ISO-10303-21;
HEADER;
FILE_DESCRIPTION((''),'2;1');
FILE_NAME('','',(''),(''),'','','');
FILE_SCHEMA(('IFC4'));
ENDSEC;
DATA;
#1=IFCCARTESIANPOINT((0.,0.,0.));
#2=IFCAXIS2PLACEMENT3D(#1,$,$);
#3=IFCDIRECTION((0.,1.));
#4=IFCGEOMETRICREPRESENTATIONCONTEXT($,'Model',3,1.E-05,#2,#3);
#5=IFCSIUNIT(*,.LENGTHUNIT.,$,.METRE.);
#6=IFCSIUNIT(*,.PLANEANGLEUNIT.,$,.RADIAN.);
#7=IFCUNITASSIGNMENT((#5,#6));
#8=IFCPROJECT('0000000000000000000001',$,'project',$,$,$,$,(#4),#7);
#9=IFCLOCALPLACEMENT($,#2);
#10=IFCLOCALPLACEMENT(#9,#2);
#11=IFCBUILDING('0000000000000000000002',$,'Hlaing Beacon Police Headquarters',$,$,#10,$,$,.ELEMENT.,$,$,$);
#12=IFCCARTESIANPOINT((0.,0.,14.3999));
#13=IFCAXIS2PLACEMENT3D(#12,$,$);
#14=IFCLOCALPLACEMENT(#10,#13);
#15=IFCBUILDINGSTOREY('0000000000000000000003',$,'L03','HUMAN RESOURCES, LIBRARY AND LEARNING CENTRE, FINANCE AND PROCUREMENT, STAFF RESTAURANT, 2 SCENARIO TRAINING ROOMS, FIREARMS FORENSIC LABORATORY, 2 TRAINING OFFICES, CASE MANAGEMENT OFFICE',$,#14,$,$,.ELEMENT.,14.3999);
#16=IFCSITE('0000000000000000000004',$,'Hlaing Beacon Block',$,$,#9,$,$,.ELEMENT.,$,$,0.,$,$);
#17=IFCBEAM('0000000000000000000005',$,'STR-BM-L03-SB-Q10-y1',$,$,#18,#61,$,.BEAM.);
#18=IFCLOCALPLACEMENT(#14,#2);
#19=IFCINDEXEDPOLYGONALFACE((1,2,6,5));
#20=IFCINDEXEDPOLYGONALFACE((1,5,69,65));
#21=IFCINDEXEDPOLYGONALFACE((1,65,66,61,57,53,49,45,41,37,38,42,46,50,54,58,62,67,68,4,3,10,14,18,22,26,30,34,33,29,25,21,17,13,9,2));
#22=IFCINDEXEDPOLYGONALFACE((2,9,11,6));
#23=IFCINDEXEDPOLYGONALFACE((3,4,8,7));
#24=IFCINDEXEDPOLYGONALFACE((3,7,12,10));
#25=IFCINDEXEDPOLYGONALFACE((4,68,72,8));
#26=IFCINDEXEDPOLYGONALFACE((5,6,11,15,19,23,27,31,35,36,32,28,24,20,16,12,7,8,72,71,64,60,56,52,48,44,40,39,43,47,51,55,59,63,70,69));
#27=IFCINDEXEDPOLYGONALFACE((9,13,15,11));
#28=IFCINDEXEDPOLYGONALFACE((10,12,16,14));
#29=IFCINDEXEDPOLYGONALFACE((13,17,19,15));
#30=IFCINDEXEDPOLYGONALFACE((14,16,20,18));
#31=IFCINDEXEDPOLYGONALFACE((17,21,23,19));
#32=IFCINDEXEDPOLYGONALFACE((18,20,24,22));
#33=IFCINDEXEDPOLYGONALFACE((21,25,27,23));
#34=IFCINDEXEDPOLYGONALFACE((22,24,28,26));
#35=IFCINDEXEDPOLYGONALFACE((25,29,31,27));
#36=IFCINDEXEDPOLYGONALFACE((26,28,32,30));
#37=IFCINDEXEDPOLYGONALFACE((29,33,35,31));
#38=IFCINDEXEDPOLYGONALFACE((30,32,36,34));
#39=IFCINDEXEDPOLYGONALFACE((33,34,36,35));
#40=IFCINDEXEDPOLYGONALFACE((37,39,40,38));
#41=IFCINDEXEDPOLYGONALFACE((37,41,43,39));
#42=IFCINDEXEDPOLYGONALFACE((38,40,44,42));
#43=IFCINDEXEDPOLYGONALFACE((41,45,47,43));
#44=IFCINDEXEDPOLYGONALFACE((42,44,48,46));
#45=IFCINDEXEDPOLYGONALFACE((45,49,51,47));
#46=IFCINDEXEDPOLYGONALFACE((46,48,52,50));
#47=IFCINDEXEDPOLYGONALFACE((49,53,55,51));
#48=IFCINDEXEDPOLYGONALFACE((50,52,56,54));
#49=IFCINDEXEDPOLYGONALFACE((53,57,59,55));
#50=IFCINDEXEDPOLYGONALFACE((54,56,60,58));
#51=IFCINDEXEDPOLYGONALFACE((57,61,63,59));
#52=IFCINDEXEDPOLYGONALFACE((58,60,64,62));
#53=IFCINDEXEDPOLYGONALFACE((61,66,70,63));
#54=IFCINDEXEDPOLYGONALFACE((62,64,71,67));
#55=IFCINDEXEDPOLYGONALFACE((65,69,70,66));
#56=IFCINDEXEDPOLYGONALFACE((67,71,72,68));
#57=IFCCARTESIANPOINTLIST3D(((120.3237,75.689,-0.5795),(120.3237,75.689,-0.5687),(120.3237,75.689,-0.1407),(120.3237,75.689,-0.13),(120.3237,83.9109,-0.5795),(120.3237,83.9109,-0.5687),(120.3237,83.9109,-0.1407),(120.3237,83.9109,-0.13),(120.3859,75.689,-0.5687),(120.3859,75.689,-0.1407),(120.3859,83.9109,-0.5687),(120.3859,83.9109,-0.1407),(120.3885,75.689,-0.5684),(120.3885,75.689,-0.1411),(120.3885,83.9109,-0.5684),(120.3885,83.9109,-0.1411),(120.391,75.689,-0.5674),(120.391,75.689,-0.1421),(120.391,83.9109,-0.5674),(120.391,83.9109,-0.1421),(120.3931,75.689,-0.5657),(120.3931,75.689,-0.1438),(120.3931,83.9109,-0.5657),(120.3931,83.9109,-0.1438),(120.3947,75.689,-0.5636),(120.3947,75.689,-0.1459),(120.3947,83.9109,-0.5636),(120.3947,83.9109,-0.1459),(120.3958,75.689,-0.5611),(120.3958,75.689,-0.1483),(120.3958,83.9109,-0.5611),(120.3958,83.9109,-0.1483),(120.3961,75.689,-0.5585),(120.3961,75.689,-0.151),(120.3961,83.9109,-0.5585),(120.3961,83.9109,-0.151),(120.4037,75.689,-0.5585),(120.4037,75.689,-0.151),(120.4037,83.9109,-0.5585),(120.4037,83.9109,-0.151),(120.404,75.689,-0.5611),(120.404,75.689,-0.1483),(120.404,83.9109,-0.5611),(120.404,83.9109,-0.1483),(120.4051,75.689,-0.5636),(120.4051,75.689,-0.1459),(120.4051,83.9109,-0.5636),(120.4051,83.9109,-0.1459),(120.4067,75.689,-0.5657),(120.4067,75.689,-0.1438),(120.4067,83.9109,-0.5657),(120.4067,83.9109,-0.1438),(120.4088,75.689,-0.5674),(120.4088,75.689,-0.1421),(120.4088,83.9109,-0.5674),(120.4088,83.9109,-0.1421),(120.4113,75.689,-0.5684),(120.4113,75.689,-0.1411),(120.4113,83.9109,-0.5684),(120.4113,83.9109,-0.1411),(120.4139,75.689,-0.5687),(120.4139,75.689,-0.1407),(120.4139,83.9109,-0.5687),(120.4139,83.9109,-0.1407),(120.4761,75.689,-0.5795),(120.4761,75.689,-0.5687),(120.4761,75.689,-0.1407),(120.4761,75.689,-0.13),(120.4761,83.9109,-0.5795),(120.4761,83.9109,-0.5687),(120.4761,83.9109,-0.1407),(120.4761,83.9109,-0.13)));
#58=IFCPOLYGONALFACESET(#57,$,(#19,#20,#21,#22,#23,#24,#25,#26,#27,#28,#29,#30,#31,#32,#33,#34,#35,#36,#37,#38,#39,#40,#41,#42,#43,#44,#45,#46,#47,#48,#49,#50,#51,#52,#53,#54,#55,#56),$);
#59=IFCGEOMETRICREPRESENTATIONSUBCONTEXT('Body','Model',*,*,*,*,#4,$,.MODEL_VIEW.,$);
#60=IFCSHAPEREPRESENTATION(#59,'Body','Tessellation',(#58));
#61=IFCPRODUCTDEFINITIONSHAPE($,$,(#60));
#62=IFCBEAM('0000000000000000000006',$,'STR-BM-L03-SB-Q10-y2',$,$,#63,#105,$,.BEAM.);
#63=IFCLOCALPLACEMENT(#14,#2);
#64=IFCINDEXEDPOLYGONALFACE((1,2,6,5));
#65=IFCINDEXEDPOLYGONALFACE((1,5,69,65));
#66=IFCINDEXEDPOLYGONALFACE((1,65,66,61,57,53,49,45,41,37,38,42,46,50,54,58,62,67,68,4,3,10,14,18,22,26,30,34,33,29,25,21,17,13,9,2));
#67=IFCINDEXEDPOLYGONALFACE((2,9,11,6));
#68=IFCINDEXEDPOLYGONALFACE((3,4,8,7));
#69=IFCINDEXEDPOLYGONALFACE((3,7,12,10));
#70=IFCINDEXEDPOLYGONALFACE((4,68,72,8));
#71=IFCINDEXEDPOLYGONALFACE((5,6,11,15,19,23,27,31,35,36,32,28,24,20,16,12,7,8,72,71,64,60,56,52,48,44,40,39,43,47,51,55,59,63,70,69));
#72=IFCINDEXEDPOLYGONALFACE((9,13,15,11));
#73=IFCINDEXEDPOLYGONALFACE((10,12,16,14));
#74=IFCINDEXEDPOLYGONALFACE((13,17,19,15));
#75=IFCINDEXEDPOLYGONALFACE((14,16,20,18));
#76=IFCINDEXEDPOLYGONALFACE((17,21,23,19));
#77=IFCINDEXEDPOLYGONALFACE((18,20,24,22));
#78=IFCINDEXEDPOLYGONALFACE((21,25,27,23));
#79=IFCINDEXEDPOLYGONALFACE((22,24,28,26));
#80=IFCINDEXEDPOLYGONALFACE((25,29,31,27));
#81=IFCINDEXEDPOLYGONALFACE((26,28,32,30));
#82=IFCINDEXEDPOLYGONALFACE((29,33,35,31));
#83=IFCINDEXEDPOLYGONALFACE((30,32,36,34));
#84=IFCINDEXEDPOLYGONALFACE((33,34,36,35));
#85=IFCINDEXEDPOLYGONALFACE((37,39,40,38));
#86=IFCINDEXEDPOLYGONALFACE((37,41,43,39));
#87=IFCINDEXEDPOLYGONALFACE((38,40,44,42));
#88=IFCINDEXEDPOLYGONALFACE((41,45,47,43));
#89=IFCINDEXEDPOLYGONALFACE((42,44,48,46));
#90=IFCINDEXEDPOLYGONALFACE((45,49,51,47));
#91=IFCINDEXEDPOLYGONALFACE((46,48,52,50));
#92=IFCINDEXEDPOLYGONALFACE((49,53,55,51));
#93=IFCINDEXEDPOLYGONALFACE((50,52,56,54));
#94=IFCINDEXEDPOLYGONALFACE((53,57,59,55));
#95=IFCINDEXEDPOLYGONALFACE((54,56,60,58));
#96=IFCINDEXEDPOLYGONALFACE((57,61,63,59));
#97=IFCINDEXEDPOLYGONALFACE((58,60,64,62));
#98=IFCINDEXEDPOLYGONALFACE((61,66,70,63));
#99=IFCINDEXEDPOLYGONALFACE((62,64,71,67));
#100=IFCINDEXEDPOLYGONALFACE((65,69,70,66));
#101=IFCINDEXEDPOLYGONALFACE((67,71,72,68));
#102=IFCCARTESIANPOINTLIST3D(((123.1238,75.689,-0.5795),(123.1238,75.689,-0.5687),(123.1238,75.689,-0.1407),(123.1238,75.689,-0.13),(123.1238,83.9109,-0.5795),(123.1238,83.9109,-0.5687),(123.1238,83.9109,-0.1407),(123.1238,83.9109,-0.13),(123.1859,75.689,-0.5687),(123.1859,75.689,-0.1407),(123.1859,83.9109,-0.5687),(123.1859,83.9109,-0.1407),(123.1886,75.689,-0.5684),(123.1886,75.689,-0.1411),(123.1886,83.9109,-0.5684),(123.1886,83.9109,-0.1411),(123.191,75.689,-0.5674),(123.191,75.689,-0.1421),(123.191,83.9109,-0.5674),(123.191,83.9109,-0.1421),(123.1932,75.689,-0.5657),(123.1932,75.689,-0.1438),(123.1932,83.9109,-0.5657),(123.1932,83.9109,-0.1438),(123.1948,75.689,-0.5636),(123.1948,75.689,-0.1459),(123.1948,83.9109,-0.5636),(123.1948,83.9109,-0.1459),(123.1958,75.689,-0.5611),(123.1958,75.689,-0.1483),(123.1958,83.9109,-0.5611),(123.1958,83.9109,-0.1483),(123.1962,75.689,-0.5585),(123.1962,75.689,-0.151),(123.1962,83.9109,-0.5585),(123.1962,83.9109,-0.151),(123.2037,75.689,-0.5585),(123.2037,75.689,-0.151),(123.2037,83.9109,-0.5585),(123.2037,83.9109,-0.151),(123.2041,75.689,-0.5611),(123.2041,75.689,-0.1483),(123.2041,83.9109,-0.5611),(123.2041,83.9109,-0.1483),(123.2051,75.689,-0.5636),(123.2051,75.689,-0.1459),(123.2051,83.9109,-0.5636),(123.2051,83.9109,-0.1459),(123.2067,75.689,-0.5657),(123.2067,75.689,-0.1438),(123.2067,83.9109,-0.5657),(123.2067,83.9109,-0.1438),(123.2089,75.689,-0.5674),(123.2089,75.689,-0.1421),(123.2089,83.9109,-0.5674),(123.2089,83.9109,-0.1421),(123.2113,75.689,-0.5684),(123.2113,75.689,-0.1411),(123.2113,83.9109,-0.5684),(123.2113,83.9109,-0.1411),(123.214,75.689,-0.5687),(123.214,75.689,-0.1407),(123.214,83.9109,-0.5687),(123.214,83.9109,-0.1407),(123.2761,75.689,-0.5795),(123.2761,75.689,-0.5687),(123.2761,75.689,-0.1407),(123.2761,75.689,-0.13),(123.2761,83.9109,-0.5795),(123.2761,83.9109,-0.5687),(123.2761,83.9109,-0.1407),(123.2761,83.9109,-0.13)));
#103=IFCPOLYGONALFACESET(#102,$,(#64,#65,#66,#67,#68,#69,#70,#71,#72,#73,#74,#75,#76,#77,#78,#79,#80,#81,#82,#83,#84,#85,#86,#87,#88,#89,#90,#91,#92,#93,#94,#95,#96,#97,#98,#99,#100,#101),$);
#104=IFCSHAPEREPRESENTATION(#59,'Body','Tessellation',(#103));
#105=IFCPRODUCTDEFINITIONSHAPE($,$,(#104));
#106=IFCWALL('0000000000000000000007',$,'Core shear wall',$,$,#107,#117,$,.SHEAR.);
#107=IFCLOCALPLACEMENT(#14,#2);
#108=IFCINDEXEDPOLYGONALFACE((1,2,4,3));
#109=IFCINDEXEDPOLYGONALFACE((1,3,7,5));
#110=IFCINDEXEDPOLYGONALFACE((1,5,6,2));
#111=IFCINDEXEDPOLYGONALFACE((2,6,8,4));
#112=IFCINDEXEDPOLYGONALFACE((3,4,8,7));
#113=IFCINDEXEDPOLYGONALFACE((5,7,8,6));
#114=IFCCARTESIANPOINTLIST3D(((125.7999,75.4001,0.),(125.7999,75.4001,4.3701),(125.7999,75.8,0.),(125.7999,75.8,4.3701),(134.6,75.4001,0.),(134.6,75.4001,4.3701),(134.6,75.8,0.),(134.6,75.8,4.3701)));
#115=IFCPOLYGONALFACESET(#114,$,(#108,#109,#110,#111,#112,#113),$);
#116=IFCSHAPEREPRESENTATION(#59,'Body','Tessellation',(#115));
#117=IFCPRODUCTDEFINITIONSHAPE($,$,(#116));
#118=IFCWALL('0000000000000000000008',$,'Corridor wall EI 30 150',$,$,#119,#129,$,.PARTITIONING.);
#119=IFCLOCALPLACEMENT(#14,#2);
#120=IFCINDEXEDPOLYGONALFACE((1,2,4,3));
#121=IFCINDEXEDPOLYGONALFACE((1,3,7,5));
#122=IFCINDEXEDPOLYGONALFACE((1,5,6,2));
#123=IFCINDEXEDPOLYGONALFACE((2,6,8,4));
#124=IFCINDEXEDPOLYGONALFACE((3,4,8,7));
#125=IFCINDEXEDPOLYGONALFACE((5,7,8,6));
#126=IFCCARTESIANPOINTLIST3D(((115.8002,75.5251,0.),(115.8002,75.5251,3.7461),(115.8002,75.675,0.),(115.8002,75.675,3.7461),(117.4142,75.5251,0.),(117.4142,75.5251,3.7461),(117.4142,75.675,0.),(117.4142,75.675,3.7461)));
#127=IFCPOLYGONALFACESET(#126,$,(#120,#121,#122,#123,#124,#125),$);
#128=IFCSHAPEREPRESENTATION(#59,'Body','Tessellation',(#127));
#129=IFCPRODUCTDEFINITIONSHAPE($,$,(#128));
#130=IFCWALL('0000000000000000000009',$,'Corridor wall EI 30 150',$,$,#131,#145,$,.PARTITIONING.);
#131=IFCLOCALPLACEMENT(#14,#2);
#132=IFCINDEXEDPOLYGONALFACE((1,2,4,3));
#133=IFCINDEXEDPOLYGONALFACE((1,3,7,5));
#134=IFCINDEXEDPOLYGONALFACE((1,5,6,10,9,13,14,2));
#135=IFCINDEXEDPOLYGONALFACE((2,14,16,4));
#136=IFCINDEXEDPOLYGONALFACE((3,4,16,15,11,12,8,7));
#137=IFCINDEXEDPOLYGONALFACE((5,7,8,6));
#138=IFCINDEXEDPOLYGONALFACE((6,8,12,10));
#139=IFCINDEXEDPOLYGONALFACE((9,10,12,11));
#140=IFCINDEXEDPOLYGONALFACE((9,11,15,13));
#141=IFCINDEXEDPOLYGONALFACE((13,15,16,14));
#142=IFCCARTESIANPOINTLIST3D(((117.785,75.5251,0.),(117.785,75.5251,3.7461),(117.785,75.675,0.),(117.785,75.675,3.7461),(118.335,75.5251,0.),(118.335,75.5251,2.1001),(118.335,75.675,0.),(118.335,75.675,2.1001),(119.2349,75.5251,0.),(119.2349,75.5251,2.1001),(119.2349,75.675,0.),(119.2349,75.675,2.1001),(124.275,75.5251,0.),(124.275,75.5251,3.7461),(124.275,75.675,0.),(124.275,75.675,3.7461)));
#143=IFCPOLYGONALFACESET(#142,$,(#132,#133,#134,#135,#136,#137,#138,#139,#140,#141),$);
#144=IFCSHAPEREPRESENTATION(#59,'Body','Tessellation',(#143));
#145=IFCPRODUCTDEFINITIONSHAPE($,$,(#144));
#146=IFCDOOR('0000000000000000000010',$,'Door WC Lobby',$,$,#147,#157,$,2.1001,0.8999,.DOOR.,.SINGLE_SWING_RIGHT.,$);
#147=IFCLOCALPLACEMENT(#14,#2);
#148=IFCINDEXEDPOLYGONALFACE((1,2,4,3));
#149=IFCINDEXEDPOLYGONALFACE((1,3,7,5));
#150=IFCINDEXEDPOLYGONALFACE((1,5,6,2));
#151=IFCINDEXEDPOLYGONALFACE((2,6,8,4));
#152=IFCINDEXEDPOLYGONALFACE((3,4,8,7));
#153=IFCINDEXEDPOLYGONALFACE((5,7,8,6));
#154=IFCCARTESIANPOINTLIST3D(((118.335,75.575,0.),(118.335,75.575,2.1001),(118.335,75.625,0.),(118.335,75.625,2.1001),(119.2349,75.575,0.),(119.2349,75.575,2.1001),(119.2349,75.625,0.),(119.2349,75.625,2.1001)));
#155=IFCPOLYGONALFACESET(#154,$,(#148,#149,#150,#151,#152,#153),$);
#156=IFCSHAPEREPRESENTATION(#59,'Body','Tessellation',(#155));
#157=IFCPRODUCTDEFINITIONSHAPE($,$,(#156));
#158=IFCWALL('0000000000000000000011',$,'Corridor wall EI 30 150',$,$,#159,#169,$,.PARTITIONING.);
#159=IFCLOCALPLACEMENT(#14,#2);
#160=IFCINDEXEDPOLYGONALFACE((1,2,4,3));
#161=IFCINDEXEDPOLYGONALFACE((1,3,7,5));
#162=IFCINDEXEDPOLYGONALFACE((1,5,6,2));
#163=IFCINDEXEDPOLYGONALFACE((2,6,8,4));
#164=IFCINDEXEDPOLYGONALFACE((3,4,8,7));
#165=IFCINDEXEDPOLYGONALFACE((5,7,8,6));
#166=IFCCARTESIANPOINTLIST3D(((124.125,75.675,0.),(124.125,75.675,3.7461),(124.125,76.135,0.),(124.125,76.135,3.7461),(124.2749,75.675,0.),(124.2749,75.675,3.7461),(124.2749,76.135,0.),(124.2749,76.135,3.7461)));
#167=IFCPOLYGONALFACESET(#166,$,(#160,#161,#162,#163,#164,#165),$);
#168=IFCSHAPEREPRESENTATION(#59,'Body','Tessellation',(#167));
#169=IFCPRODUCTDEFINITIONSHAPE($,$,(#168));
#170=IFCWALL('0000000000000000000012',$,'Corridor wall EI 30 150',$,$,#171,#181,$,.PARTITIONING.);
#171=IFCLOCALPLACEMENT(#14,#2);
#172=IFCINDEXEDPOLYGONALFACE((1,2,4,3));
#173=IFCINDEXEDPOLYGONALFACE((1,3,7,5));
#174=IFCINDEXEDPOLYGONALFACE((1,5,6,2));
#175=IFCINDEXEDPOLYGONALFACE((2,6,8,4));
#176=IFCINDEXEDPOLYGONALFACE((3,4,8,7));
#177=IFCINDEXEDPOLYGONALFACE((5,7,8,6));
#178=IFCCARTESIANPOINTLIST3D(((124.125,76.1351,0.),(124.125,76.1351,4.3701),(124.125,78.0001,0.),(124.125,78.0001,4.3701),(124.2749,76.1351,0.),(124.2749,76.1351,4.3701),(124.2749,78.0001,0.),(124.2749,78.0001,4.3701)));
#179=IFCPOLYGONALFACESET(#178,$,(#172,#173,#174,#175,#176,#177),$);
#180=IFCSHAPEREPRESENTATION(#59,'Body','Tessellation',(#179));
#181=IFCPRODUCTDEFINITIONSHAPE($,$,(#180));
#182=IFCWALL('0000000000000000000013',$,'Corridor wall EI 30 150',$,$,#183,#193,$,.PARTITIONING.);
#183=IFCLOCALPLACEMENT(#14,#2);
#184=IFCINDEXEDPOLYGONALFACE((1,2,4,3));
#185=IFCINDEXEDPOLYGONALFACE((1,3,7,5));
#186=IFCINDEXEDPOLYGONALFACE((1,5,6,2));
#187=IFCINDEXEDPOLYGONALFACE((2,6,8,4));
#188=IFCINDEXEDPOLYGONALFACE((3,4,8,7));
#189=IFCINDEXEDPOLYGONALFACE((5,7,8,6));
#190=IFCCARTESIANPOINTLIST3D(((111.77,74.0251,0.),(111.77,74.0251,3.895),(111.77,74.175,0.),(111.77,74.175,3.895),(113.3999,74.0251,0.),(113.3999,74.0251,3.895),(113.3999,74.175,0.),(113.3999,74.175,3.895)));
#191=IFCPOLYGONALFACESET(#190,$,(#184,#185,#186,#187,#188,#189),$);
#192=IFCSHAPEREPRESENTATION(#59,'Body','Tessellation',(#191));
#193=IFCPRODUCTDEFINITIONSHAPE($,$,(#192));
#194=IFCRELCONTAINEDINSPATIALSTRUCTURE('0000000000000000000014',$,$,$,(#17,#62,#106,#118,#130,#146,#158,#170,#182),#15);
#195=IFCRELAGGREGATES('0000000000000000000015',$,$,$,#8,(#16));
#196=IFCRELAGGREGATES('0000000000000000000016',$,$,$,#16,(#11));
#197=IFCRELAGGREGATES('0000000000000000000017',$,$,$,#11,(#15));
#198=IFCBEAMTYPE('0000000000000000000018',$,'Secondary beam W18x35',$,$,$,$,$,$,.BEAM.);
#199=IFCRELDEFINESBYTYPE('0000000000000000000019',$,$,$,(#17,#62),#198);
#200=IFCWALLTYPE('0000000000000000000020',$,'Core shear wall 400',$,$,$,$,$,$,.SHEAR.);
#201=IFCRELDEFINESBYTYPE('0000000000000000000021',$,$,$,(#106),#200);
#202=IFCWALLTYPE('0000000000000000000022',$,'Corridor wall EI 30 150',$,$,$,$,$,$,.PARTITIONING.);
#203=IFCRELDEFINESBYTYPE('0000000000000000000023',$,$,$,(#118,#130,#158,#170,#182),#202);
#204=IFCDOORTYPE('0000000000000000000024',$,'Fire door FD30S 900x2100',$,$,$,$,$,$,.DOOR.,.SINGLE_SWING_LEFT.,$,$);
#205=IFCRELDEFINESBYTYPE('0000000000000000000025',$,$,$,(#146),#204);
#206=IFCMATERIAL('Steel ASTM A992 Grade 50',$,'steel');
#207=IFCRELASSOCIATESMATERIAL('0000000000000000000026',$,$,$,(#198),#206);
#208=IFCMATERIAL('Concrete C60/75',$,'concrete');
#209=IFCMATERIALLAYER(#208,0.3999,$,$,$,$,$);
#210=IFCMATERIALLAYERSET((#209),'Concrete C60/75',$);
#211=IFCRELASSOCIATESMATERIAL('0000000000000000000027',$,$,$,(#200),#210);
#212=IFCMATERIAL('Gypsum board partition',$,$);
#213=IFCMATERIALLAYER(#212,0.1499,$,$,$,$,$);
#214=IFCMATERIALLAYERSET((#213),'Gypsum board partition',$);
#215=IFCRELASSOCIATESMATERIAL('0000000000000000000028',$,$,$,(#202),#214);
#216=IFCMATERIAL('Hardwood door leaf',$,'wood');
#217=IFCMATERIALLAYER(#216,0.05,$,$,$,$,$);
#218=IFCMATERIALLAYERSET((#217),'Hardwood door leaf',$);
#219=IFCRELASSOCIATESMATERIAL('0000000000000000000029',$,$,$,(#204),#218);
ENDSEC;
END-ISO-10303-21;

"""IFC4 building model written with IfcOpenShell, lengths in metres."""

from ifc_helpers import new_model, si_unit, direction, frame, frame_2d, origin, origin_2d, place, context, subcontext, project, spatial, rectangle, i_section, extrude, material, layer, layer_set, material_profile, profile_set, type_object, element, fill, save


model = new_model("IFC4")

# Units and contexts
model_context = context("Model", 3, precision=1e-05, world=origin(), true_north=direction((0.0, 1.0)))
body_context = subcontext(model_context, "Body", "Model", "MODEL_VIEW")
ifc_project = project(units=[si_unit("LENGTHUNIT", "METRE"), si_unit("PLANEANGLEUNIT", "RADIAN")], contexts=[model_context])

# Site, building, storey
site_placement = place(None, origin())
site = spatial("IfcSite", under=ifc_project, at=site_placement, Name="Hlaing Beacon Block", CompositionType="ELEMENT", RefElevation=0.0)
building_placement = place(site_placement, origin())
building = spatial("IfcBuilding", under=site, at=building_placement, Name="Hlaing Beacon Police Headquarters", CompositionType="ELEMENT")
storey_placement = place(building_placement, frame((0.0, 0.0, 14.3999)))
storey = spatial("IfcBuildingStorey", under=building, at=storey_placement, Name="L03", Description="HUMAN RESOURCES, LIBRARY AND LEARNING CENTRE, FINANCE AND PROCUREMENT, STAFF RESTAURANT, 2 SCENARIO TRAINING ROOMS, FIREARMS FORENSIC LABORATORY, 2 TRAINING OFFICES, CASE MANAGEMENT OFFICE", CompositionType="ELEMENT", Elevation=14.3999)

# Beams
ifc_material_1 = material(Name="Steel ASTM A992 Grade 50", Category="steel")
ifc_material_profile_1 = material_profile(ifc_material_1, i_section(OverallWidth=0.1523, OverallDepth=0.4495, WebThickness=0.0076, FlangeThickness=0.0107, FilletRadius=0.0103, at=origin_2d()), Name="W18x35")
ifc_profile_set_1 = profile_set([ifc_material_profile_1], Name="Steel ASTM A992 Grade 50")
beam_type_1 = type_object("IfcBeamType", Name="Secondary beam W18x35", PredefinedType="BEAM", material=ifc_profile_set_1)
for number, where, z_axis, x_axis, name in (
    (1, (120.3999, 75.689, -0.3547), (0.0, 1.0, 0.0), (-1.0, 0.0, 0.0), "STR-BM-L03-SB-Q10-y1"),
    (2, (123.2, 75.689, -0.3547), (0.0, 1.0, 0.0), (-1.0, 0.0, 0.0), "STR-BM-L03-SB-Q10-y2"),
):
    element("IfcBeam", number, at=place(storey_placement, frame(where, z_axis=z_axis, x_axis=x_axis)), inside=storey, type_object=beam_type_1, Name=name, PredefinedType="BEAM", context=body_context, shape_type="SweptSolid", body=[
        extrude(i_section(OverallWidth=0.1523, OverallDepth=0.4495, WebThickness=0.0076, FlangeThickness=0.0107, FilletRadius=0.0103, at=origin_2d()), origin(), (0.0, 0.0, 1.0), 8.2219),
    ])

# Walls
ifc_material_2 = material(Name="Concrete C60/75", Category="concrete")
ifc_layer_1 = layer(ifc_material_2, 0.3999)
ifc_layer_set_1 = layer_set([ifc_layer_1], Name="Concrete C60/75")
wall_type_1 = type_object("IfcWallType", Name="Core shear wall 400", PredefinedType="SHEAR", material=ifc_layer_set_1)
wall_1_placement = place(storey_placement, frame((125.8, 75.6001, 0.0), z_axis=(0.0, 0.0, 1.0), x_axis=(1.0, 0.0, 0.0)))
element("IfcWall", 3, at=wall_1_placement, inside=storey, type_object=wall_type_1, Name="Core shear wall", PredefinedType="SHEAR", context=body_context, shape_type="SweptSolid", body=[
    extrude(rectangle(XDim=8.8, YDim=0.3999, at=frame_2d((4.3999, 0.0))), origin(), (0.0, 0.0, 1.0), 4.3701),
])
ifc_material_3 = material(Name="Gypsum board partition")
ifc_layer_2 = layer(ifc_material_3, 0.1499)
ifc_layer_set_2 = layer_set([ifc_layer_2], Name="Gypsum board partition")
wall_type_2 = type_object("IfcWallType", Name="Corridor wall EI 30 150", PredefinedType="PARTITIONING", material=ifc_layer_set_2)
wall_2_placement = place(storey_placement, frame((115.8, 75.6001, 0.0), z_axis=(0.0, 0.0, 1.0), x_axis=(1.0, 0.0, 0.0)))
element("IfcWall", 4, at=wall_2_placement, inside=storey, type_object=wall_type_2, Name="Corridor wall EI 30 150", PredefinedType="PARTITIONING", context=body_context, shape_type="SweptSolid", body=[
    extrude(rectangle(XDim=1.614, YDim=0.1499, at=frame_2d((0.8071, 0.0))), origin(), (0.0, 0.0, 1.0), 3.7461),
])

# Wall, opening, door
wall_3_placement = place(storey_placement, frame((117.7849, 75.6001, 0.0), z_axis=(0.0, 0.0, 1.0), x_axis=(1.0, 0.0, 0.0)))
wall_3 = element("IfcWall", 5, at=wall_3_placement, inside=storey, type_object=wall_type_2, Name="Corridor wall EI 30 150", PredefinedType="PARTITIONING", context=body_context, shape_type="SweptSolid", body=[
    extrude(rectangle(XDim=6.49, YDim=0.1499, at=frame_2d((3.2451, 0.0))), origin(), (0.0, 0.0, 1.0), 3.7461),
])
opening_1_placement = place(wall_3_placement, frame((0.55, 0.0, 0.0)))
opening_1 = element("IfcOpeningElement", 6, at=opening_1_placement, cuts=wall_3, PredefinedType="OPENING", context=body_context, shape_type="SweptSolid", body=[
    extrude(rectangle(XDim=0.8999, YDim=2.1001, at=frame_2d((0.45, 1.05))), frame((0.0, 0.085, 0.0), z_axis=(0.0, -1.0, 0.0), x_axis=(1.0, 0.0, 0.0)), (0.0, 0.0, 1.0), 0.1699),
])
ifc_material_4 = material(Name="Hardwood door leaf", Category="wood")
ifc_layer_3 = layer(ifc_material_4, 0.05)
ifc_layer_set_3 = layer_set([ifc_layer_3], Name="Hardwood door leaf")
door_type_1 = type_object("IfcDoorType", Name="Fire door FD30S 900x2100", OperationType="SINGLE_SWING_LEFT", PredefinedType="DOOR", material=ifc_layer_set_3)
door_1_placement = place(opening_1_placement, origin())
door_1 = element("IfcDoor", 7, at=door_1_placement, inside=storey, type_object=door_type_1, Name="Door WC Lobby", OperationType="SINGLE_SWING_RIGHT", OverallHeight=2.1001, OverallWidth=0.8999, PredefinedType="DOOR", context=body_context, shape_type="SweptSolid", body=[
    extrude(rectangle(XDim=0.8999, YDim=2.1001, at=frame_2d((0.45, 1.05))), frame((0.0, 0.0249, 0.0), z_axis=(0.0, -1.0, 0.0), x_axis=(1.0, 0.0, 0.0)), (0.0, 0.0, 1.0), 0.05),
])
fill(opening_1, door_1)

# Walls
wall_4_placement = place(storey_placement, frame((124.2, 75.675, 0.0), z_axis=(0.0, 0.0, 1.0), x_axis=(0.0, 1.0, 0.0)))
element("IfcWall", 8, at=wall_4_placement, inside=storey, type_object=wall_type_2, Name="Corridor wall EI 30 150", PredefinedType="PARTITIONING", context=body_context, shape_type="SweptSolid", body=[
    extrude(rectangle(XDim=0.46, YDim=0.1499, at=frame_2d((0.23, 0.0))), origin(), (0.0, 0.0, 1.0), 3.7461),
])
wall_5_placement = place(storey_placement, frame((124.2, 76.135, 0.0), z_axis=(0.0, 0.0, 1.0), x_axis=(0.0, 1.0, 0.0)))
element("IfcWall", 9, at=wall_5_placement, inside=storey, type_object=wall_type_2, Name="Corridor wall EI 30 150", PredefinedType="PARTITIONING", context=body_context, shape_type="SweptSolid", body=[
    extrude(rectangle(XDim=1.865, YDim=0.1499, at=frame_2d((0.9326, 0.0))), origin(), (0.0, 0.0, 1.0), 4.3701),
])
wall_6_placement = place(storey_placement, frame((111.77, 74.1001, 0.0), z_axis=(0.0, 0.0, 1.0), x_axis=(1.0, 0.0, 0.0)))
element("IfcWall", 10, at=wall_6_placement, inside=storey, type_object=wall_type_2, Name="Corridor wall EI 30 150", PredefinedType="PARTITIONING", context=body_context, shape_type="SweptSolid", body=[
    extrude(rectangle(XDim=1.6299, YDim=0.1499, at=frame_2d((0.8149, 0.0))), origin(), (0.0, 0.0, 1.0), 3.895),
])

save(model, "model.ifc")
